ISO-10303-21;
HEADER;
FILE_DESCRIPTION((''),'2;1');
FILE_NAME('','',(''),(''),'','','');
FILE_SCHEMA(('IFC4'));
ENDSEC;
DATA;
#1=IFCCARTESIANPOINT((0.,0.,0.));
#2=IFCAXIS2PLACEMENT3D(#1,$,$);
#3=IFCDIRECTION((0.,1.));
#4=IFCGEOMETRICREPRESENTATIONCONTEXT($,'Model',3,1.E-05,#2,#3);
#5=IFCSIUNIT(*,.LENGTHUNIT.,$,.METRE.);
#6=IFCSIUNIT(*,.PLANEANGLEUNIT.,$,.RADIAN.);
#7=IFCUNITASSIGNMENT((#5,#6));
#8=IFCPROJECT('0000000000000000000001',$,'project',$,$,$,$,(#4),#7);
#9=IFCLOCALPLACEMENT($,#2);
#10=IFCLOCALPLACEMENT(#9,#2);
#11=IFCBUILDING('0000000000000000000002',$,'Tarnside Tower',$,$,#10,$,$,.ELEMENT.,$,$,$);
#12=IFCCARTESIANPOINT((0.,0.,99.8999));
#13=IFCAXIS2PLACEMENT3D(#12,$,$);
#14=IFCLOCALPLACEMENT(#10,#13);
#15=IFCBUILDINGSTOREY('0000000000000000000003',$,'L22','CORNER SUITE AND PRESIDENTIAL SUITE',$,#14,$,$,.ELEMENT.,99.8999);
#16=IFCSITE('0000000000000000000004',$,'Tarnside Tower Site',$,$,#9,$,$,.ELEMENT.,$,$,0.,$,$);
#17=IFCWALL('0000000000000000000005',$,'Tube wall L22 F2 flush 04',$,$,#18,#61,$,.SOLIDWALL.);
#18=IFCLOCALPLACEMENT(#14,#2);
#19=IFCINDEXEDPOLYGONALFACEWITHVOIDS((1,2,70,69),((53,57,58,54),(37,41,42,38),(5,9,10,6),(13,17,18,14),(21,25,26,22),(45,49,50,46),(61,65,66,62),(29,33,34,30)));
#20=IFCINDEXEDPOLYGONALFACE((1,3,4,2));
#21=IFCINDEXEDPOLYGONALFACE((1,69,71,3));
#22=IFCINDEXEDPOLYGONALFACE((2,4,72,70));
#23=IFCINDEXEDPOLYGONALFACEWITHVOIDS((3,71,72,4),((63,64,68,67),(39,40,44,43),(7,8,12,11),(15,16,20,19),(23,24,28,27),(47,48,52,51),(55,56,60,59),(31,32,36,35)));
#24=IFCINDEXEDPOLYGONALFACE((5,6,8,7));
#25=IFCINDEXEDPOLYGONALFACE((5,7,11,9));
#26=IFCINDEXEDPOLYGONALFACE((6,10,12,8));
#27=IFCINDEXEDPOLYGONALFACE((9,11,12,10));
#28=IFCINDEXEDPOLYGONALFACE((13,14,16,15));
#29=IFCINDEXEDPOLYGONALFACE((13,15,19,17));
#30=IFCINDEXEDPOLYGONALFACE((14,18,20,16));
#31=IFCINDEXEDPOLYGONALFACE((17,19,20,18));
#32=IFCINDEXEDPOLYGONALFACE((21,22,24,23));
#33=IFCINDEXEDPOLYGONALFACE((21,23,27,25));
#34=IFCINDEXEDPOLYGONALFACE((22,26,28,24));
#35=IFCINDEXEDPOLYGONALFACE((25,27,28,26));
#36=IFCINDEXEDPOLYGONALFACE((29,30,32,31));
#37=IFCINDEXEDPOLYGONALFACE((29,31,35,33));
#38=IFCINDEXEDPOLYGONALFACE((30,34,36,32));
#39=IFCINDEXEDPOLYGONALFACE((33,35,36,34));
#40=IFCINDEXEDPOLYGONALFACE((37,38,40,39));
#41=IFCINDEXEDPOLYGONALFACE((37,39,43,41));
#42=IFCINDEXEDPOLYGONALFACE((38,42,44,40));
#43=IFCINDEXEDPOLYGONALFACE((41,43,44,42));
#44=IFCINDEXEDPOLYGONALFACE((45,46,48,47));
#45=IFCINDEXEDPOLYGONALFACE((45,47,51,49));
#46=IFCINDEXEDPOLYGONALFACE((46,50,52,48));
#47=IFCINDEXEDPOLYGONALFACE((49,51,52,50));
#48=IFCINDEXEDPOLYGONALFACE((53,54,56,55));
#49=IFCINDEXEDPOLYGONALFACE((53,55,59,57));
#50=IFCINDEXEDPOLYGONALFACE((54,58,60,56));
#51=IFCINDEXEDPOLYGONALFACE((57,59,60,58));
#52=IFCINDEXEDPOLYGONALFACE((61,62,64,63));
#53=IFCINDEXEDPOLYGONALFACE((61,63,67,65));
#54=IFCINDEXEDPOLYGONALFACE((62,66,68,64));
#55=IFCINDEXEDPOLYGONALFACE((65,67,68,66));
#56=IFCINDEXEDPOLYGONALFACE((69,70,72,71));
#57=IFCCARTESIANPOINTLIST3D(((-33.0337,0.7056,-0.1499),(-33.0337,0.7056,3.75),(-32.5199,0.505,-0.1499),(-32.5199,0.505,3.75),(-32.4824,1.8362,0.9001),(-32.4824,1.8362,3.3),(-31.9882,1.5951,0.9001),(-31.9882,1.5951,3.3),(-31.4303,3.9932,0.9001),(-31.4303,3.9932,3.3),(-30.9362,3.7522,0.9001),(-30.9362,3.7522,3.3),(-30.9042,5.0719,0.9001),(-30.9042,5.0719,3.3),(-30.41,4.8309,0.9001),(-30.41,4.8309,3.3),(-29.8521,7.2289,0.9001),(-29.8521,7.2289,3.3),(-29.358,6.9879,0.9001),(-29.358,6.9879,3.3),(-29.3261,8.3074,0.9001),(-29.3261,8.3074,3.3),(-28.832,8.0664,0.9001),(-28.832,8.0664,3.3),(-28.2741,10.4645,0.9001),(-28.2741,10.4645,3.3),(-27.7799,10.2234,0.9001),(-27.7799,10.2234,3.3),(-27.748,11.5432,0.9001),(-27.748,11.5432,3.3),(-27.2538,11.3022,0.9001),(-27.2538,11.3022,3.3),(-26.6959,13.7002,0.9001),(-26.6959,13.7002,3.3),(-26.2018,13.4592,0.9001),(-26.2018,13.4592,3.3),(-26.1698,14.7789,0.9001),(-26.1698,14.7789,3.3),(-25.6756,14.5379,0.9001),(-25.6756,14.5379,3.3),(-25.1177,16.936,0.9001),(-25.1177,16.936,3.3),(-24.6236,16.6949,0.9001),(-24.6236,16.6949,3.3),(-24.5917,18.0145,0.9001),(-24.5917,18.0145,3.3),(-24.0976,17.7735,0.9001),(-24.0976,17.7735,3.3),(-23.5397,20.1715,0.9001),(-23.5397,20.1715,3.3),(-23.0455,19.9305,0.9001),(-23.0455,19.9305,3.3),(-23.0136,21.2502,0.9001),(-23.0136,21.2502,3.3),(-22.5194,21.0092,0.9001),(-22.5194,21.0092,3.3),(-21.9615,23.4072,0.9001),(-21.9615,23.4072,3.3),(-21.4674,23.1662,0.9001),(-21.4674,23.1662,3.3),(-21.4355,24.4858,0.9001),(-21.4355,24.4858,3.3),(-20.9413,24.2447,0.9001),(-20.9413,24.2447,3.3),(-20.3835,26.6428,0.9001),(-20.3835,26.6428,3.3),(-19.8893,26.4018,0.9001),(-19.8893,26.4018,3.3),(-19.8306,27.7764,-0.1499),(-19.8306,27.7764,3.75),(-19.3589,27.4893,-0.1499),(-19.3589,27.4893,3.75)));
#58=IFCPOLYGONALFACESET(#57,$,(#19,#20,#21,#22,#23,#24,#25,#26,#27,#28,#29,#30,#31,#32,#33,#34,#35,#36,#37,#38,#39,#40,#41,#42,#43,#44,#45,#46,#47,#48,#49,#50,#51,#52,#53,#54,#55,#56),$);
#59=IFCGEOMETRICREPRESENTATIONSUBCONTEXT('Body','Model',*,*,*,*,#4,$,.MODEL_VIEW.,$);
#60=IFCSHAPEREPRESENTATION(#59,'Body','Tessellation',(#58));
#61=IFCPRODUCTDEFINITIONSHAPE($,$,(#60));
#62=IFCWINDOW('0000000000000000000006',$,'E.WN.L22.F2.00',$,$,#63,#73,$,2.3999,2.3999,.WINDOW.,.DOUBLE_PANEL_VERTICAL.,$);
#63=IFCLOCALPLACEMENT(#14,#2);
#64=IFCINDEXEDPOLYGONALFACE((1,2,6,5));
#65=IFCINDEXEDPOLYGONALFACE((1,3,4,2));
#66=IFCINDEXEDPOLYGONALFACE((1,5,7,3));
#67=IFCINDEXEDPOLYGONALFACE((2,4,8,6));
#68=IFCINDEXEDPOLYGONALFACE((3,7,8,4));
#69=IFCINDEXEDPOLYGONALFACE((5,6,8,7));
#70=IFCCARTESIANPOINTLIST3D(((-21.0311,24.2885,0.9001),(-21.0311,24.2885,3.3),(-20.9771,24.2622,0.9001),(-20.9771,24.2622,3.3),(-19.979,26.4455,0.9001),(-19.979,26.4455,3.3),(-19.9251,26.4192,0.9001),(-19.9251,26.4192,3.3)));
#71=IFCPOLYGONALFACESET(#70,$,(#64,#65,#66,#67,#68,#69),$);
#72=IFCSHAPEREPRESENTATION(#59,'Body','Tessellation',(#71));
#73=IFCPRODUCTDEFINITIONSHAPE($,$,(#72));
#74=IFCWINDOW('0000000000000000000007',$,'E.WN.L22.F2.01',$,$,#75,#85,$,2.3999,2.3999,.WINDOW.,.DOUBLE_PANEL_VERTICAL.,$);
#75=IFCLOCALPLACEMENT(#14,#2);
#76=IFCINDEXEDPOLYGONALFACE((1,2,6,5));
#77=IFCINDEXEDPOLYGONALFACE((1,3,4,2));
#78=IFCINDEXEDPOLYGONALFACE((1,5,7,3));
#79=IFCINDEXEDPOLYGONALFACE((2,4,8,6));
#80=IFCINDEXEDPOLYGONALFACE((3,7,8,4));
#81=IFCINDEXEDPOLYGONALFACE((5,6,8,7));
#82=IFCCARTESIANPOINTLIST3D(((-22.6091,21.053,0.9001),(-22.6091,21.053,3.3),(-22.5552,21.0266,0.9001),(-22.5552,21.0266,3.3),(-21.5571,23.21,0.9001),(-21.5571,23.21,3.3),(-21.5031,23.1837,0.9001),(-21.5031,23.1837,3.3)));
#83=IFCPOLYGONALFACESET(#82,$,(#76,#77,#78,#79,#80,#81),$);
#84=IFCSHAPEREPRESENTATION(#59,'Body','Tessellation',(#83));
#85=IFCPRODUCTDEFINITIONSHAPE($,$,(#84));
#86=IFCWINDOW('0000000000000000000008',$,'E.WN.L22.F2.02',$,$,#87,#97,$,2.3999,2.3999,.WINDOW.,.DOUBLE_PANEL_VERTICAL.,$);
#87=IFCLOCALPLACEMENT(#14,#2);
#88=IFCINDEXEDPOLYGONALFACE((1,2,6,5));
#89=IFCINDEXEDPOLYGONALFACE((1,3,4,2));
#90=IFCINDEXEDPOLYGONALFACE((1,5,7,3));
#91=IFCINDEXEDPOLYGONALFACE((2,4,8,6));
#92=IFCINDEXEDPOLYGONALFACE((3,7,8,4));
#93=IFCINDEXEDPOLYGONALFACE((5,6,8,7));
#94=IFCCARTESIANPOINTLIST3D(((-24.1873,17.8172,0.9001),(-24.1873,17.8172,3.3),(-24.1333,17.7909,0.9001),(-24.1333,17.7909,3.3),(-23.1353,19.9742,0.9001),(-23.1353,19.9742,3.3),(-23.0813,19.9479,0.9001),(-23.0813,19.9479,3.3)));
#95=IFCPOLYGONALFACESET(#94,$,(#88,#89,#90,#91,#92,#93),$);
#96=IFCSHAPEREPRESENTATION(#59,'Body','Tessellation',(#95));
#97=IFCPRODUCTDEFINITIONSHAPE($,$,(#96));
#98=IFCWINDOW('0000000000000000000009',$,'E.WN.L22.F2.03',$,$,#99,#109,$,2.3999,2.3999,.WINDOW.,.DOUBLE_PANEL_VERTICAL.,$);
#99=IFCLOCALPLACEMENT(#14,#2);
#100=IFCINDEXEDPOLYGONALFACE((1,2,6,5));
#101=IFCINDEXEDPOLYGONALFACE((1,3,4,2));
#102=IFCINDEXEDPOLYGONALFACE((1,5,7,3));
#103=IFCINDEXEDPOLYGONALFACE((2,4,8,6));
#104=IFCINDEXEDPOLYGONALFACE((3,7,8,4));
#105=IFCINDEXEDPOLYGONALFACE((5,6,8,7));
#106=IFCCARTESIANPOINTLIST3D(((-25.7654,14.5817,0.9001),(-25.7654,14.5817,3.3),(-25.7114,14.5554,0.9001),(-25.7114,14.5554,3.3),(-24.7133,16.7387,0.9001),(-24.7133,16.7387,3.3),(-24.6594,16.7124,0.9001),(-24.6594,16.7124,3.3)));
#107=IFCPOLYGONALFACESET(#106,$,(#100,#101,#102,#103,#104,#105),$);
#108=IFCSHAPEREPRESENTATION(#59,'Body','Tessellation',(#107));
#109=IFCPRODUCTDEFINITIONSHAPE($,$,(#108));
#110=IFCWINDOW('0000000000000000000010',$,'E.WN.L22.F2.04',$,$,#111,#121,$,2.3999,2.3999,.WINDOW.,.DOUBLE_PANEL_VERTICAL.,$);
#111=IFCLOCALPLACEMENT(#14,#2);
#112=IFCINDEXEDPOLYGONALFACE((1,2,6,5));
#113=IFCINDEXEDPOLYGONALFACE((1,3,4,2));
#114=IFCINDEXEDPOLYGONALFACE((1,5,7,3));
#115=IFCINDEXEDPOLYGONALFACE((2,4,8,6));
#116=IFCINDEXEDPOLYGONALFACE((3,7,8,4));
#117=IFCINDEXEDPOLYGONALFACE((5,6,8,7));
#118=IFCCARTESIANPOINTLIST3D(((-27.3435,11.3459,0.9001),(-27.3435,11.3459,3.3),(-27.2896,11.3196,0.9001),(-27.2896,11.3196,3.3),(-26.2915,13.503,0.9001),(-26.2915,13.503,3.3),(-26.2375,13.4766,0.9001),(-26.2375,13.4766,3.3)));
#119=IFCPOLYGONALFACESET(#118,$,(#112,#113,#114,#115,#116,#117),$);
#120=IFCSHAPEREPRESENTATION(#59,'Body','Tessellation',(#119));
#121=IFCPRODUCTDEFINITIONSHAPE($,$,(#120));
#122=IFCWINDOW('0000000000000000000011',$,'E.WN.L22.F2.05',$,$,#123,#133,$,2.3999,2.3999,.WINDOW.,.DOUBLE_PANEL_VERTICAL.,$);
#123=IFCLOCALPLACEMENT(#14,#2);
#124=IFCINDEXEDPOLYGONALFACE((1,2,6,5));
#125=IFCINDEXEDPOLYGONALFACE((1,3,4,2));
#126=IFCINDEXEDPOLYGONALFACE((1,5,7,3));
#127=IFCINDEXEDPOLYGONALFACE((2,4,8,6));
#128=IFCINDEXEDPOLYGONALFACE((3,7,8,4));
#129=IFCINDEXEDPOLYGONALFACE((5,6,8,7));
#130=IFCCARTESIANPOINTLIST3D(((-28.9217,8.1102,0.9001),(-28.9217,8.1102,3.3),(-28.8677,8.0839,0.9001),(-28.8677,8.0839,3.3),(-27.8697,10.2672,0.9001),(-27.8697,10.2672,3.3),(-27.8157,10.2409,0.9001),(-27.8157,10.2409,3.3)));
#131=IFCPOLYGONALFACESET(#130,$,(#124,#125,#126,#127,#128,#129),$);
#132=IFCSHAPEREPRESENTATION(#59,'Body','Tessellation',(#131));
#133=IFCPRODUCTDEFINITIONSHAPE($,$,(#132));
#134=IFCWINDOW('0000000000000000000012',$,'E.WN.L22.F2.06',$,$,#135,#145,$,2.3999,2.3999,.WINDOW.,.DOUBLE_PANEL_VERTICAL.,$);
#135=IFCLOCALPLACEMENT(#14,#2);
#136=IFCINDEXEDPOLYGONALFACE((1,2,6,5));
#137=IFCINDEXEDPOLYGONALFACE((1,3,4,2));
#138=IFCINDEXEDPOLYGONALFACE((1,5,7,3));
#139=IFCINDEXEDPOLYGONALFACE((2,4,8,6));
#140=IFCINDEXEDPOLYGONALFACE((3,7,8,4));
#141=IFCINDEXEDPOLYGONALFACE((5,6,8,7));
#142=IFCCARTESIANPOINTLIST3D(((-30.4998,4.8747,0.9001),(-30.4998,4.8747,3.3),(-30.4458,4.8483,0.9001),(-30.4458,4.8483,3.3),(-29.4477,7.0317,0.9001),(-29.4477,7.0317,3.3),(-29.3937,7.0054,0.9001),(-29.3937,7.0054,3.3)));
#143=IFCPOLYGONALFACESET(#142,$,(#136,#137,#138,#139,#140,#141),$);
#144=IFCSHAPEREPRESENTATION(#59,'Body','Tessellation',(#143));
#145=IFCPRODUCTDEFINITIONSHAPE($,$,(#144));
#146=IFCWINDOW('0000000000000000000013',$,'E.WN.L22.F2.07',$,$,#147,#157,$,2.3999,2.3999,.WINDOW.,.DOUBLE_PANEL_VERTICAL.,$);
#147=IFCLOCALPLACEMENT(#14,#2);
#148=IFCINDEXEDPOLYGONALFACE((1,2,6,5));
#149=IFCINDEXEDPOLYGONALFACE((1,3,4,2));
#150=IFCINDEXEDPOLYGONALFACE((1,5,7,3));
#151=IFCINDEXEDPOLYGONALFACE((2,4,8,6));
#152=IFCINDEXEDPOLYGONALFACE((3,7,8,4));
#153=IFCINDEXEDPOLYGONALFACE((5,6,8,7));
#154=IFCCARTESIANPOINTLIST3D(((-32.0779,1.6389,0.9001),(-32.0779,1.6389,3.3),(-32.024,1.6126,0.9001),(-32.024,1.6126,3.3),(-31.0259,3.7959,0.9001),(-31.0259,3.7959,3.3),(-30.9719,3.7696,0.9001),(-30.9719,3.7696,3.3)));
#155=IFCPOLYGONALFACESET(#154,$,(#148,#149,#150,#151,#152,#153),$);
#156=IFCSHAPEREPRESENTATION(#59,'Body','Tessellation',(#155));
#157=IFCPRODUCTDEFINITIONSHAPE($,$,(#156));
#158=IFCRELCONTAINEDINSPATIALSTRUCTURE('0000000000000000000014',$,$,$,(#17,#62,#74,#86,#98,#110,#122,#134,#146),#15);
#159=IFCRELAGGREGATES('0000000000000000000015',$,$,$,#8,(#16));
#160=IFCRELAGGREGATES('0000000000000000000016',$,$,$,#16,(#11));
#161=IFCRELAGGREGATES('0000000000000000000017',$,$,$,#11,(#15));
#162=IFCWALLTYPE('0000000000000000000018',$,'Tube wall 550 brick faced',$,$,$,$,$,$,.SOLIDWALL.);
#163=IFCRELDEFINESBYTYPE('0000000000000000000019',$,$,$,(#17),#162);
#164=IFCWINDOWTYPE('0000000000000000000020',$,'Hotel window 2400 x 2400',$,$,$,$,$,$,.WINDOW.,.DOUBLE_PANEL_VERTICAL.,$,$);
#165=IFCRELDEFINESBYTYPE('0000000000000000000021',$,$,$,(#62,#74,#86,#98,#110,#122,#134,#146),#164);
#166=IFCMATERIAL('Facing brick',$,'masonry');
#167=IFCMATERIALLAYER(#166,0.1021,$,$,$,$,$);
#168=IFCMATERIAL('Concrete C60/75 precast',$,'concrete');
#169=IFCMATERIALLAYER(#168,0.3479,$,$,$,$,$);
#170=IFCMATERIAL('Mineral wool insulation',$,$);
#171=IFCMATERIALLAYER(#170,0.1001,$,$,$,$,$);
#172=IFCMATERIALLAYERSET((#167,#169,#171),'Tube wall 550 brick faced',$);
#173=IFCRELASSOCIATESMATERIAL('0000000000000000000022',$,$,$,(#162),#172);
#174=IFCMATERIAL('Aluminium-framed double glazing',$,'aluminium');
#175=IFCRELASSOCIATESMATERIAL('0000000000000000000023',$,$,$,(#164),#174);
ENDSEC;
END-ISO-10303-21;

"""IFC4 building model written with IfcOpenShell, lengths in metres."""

from ifc_helpers import new_model, si_unit, direction, frame, frame_2d, origin, place, context, subcontext, project, spatial, polyline, rectangle, outline, extrude, material, layer, layer_set, type_object, element, fill, save


model = new_model("IFC4")

# Units and contexts
model_context = context("Model", 3, precision=1e-05, world=origin(), true_north=direction((0.0, 1.0)))
body_context = subcontext(model_context, "Body", "Model", "MODEL_VIEW")
ifc_project = project(units=[si_unit("LENGTHUNIT", "METRE"), si_unit("PLANEANGLEUNIT", "RADIAN")], contexts=[model_context])

# Site, building, storey
site_placement = place(None, origin())
site = spatial("IfcSite", under=ifc_project, at=site_placement, Name="Tarnside Tower Site", CompositionType="ELEMENT", RefElevation=0.0)
building_placement = place(site_placement, origin())
building = spatial("IfcBuilding", under=site, at=building_placement, Name="Tarnside Tower", CompositionType="ELEMENT")
storey_placement = place(building_placement, frame((0.0, 0.0, 99.8999)))
storey = spatial("IfcBuildingStorey", under=building, at=storey_placement, Name="L22", Description="CORNER SUITE AND PRESIDENTIAL SUITE", CompositionType="ELEMENT", Elevation=99.8999)

# Shared definitions
ifc_material_1 = material(Name="Facing brick", Category="masonry")
ifc_layer_1 = layer(ifc_material_1, 0.1021)
ifc_material_2 = material(Name="Concrete C60/75 precast", Category="concrete")
ifc_layer_2 = layer(ifc_material_2, 0.3479)
ifc_material_3 = material(Name="Mineral wool insulation")
ifc_layer_3 = layer(ifc_material_3, 0.1001)
ifc_layer_set_1 = layer_set([ifc_layer_1, ifc_layer_2, ifc_layer_3], Name="Tube wall 550 brick faced")
wall_type_1 = type_object("IfcWallType", Name="Tube wall 550 brick faced", PredefinedType="SOLIDWALL", material=ifc_layer_set_1)

# Wall, openings, windows
wall_1_placement = place(storey_placement, frame((-19.5947, 27.6328, -0.1499), z_axis=(0.0, 0.0, 1.0), x_axis=(-0.438368, -0.898795, 0.0)))
wall_1 = element("IfcWall", 1, at=wall_1_placement, inside=storey, type_object=wall_type_1, Name="Tube wall L22 F2 flush 04", PredefinedType="SOLIDWALL", context=body_context, shape_type="SweptSolid", body=[
    extrude(outline(polyline([(-0.0256, -0.2749), (30.0933, -0.2749), (30.0483, 0.2749), (0.0256, 0.2749), (-0.0256, -0.2749)])), origin(), (0.0, 0.0, 1.0), 3.8999),
])
opening_1_placement = place(wall_1_placement, frame((1.2356, 0.0, 1.05)))
opening_1 = element("IfcOpeningElement", 2, at=opening_1_placement, cuts=wall_1, PredefinedType="OPENING", context=body_context, shape_type="SweptSolid", body=[
    extrude(rectangle(XDim=2.3999, YDim=2.3999, at=frame_2d((1.2, 1.2))), frame((0.0, 0.2852, 0.0), z_axis=(0.0, -1.0, 0.0), x_axis=(1.0, 0.0, 0.0)), (0.0, 0.0, 1.0), 0.5701),
])
opening_2_placement = place(wall_1_placement, frame((4.8354, 0.0, 1.05)))
opening_2 = element("IfcOpeningElement", 3, at=opening_2_placement, cuts=wall_1, PredefinedType="OPENING", context=body_context, shape_type="SweptSolid", body=[
    extrude(rectangle(XDim=2.3999, YDim=2.3999, at=frame_2d((1.2, 1.2))), frame((0.0, 0.2852, 0.0), z_axis=(0.0, -1.0, 0.0), x_axis=(1.0, 0.0, 0.0)), (0.0, 0.0, 1.0), 0.5701),
])
opening_3_placement = place(wall_1_placement, frame((8.4355, 0.0, 1.05)))
opening_3 = element("IfcOpeningElement", 4, at=opening_3_placement, cuts=wall_1, PredefinedType="OPENING", context=body_context, shape_type="SweptSolid", body=[
    extrude(rectangle(XDim=2.3999, YDim=2.3999, at=frame_2d((1.2, 1.2))), frame((0.0, 0.2852, 0.0), z_axis=(0.0, -1.0, 0.0), x_axis=(1.0, 0.0, 0.0)), (0.0, 0.0, 1.0), 0.5701),
])
opening_4_placement = place(wall_1_placement, frame((12.0354, 0.0, 1.05)))
opening_4 = element("IfcOpeningElement", 5, at=opening_4_placement, cuts=wall_1, PredefinedType="OPENING", context=body_context, shape_type="SweptSolid", body=[
    extrude(rectangle(XDim=2.3999, YDim=2.3999, at=frame_2d((1.2, 1.2))), frame((0.0, 0.2852, 0.0), z_axis=(0.0, -1.0, 0.0), x_axis=(1.0, 0.0, 0.0)), (0.0, 0.0, 1.0), 0.5701),
])
opening_5_placement = place(wall_1_placement, frame((15.6355, 0.0, 1.05)))
opening_5 = element("IfcOpeningElement", 6, at=opening_5_placement, cuts=wall_1, PredefinedType="OPENING", context=body_context, shape_type="SweptSolid", body=[
    extrude(rectangle(XDim=2.3999, YDim=2.3999, at=frame_2d((1.2, 1.2))), frame((0.0, 0.2852, 0.0), z_axis=(0.0, -1.0, 0.0), x_axis=(1.0, 0.0, 0.0)), (0.0, 0.0, 1.0), 0.5701),
])
opening_6_placement = place(wall_1_placement, frame((19.2356, 0.0, 1.05)))
opening_6 = element("IfcOpeningElement", 7, at=opening_6_placement, cuts=wall_1, PredefinedType="OPENING", context=body_context, shape_type="SweptSolid", body=[
    extrude(rectangle(XDim=2.3999, YDim=2.3999, at=frame_2d((1.2, 1.2))), frame((0.0, 0.2852, 0.0), z_axis=(0.0, -1.0, 0.0), x_axis=(1.0, 0.0, 0.0)), (0.0, 0.0, 1.0), 0.5701),
])
opening_7_placement = place(wall_1_placement, frame((22.8354, 0.0, 1.05)))
opening_7 = element("IfcOpeningElement", 8, at=opening_7_placement, cuts=wall_1, PredefinedType="OPENING", context=body_context, shape_type="SweptSolid", body=[
    extrude(rectangle(XDim=2.3999, YDim=2.3999, at=frame_2d((1.2, 1.2))), frame((0.0, 0.2852, 0.0), z_axis=(0.0, -1.0, 0.0), x_axis=(1.0, 0.0, 0.0)), (0.0, 0.0, 1.0), 0.5701),
])
opening_8_placement = place(wall_1_placement, frame((26.4355, 0.0, 1.05)))
opening_8 = element("IfcOpeningElement", 9, at=opening_8_placement, cuts=wall_1, PredefinedType="OPENING", context=body_context, shape_type="SweptSolid", body=[
    extrude(rectangle(XDim=2.3999, YDim=2.3999, at=frame_2d((1.2, 1.2))), frame((0.0, 0.2852, 0.0), z_axis=(0.0, -1.0, 0.0), x_axis=(1.0, 0.0, 0.0)), (0.0, 0.0, 1.0), 0.5701),
])
ifc_material_4 = material(Name="Aluminium-framed double glazing", Category="aluminium")
window_type = type_object("IfcWindowType", Name="Hotel window 2400 x 2400", PartitioningType="DOUBLE_PANEL_VERTICAL", PredefinedType="WINDOW", material=ifc_material_4)
window_1_placement = place(opening_1_placement, frame((0.0, 0.2051, 0.0)))
window_1 = element("IfcWindow", 10, at=window_1_placement, inside=storey, type_object=window_type, Name="E.WN.L22.F2.00", OverallHeight=2.3999, OverallWidth=2.3999, PartitioningType="DOUBLE_PANEL_VERTICAL", PredefinedType="WINDOW", context=body_context, shape_type="SweptSolid", body=[
    extrude(rectangle(XDim=2.3999, YDim=2.3999, at=frame_2d((1.2, 1.2))), frame((0.0, 0.03, 0.0), z_axis=(0.0, -1.0, 0.0), x_axis=(1.0, 0.0, 0.0)), (0.0, 0.0, 1.0), 0.0601),
])
fill(opening_1, window_1)
window_2_placement = place(opening_2_placement, frame((0.0, 0.2051, 0.0)))
window_2 = element("IfcWindow", 11, at=window_2_placement, inside=storey, type_object=window_type, Name="E.WN.L22.F2.01", OverallHeight=2.3999, OverallWidth=2.3999, PartitioningType="DOUBLE_PANEL_VERTICAL", PredefinedType="WINDOW", context=body_context, shape_type="SweptSolid", body=[
    extrude(rectangle(XDim=2.3999, YDim=2.3999, at=frame_2d((1.2, 1.2))), frame((0.0, 0.03, 0.0), z_axis=(0.0, -1.0, 0.0), x_axis=(1.0, 0.0, 0.0)), (0.0, 0.0, 1.0), 0.0601),
])
fill(opening_2, window_2)
window_3_placement = place(opening_3_placement, frame((0.0, 0.2051, 0.0)))
window_3 = element("IfcWindow", 12, at=window_3_placement, inside=storey, type_object=window_type, Name="E.WN.L22.F2.02", OverallHeight=2.3999, OverallWidth=2.3999, PartitioningType="DOUBLE_PANEL_VERTICAL", PredefinedType="WINDOW", context=body_context, shape_type="SweptSolid", body=[
    extrude(rectangle(XDim=2.3999, YDim=2.3999, at=frame_2d((1.2, 1.2))), frame((0.0, 0.03, 0.0), z_axis=(0.0, -1.0, 0.0), x_axis=(1.0, 0.0, 0.0)), (0.0, 0.0, 1.0), 0.0601),
])
fill(opening_3, window_3)
window_4_placement = place(opening_4_placement, frame((0.0, 0.2051, 0.0)))
window_4 = element("IfcWindow", 13, at=window_4_placement, inside=storey, type_object=window_type, Name="E.WN.L22.F2.03", OverallHeight=2.3999, OverallWidth=2.3999, PartitioningType="DOUBLE_PANEL_VERTICAL", PredefinedType="WINDOW", context=body_context, shape_type="SweptSolid", body=[
    extrude(rectangle(XDim=2.3999, YDim=2.3999, at=frame_2d((1.2, 1.2))), frame((0.0, 0.03, 0.0), z_axis=(0.0, -1.0, 0.0), x_axis=(1.0, 0.0, 0.0)), (0.0, 0.0, 1.0), 0.0601),
])
fill(opening_4, window_4)
window_5_placement = place(opening_5_placement, frame((0.0, 0.2051, 0.0)))
window_5 = element("IfcWindow", 14, at=window_5_placement, inside=storey, type_object=window_type, Name="E.WN.L22.F2.04", OverallHeight=2.3999, OverallWidth=2.3999, PartitioningType="DOUBLE_PANEL_VERTICAL", PredefinedType="WINDOW", context=body_context, shape_type="SweptSolid", body=[
    extrude(rectangle(XDim=2.3999, YDim=2.3999, at=frame_2d((1.2, 1.2))), frame((0.0, 0.03, 0.0), z_axis=(0.0, -1.0, 0.0), x_axis=(1.0, 0.0, 0.0)), (0.0, 0.0, 1.0), 0.0601),
])
fill(opening_5, window_5)
window_6_placement = place(opening_6_placement, frame((0.0, 0.2051, 0.0)))
window_6 = element("IfcWindow", 15, at=window_6_placement, inside=storey, type_object=window_type, Name="E.WN.L22.F2.05", OverallHeight=2.3999, OverallWidth=2.3999, PartitioningType="DOUBLE_PANEL_VERTICAL", PredefinedType="WINDOW", context=body_context, shape_type="SweptSolid", body=[
    extrude(rectangle(XDim=2.3999, YDim=2.3999, at=frame_2d((1.2, 1.2))), frame((0.0, 0.03, 0.0), z_axis=(0.0, -1.0, 0.0), x_axis=(1.0, 0.0, 0.0)), (0.0, 0.0, 1.0), 0.0601),
])
fill(opening_6, window_6)
window_7_placement = place(opening_7_placement, frame((0.0, 0.2051, 0.0)))
window_7 = element("IfcWindow", 16, at=window_7_placement, inside=storey, type_object=window_type, Name="E.WN.L22.F2.06", OverallHeight=2.3999, OverallWidth=2.3999, PartitioningType="DOUBLE_PANEL_VERTICAL", PredefinedType="WINDOW", context=body_context, shape_type="SweptSolid", body=[
    extrude(rectangle(XDim=2.3999, YDim=2.3999, at=frame_2d((1.2, 1.2))), frame((0.0, 0.03, 0.0), z_axis=(0.0, -1.0, 0.0), x_axis=(1.0, 0.0, 0.0)), (0.0, 0.0, 1.0), 0.0601),
])
fill(opening_7, window_7)
window_8_placement = place(opening_8_placement, frame((0.0, 0.2051, 0.0)))
window_8 = element("IfcWindow", 17, at=window_8_placement, inside=storey, type_object=window_type, Name="E.WN.L22.F2.07", OverallHeight=2.3999, OverallWidth=2.3999, PartitioningType="DOUBLE_PANEL_VERTICAL", PredefinedType="WINDOW", context=body_context, shape_type="SweptSolid", body=[
    extrude(rectangle(XDim=2.3999, YDim=2.3999, at=frame_2d((1.2, 1.2))), frame((0.0, 0.03, 0.0), z_axis=(0.0, -1.0, 0.0), x_axis=(1.0, 0.0, 0.0)), (0.0, 0.0, 1.0), 0.0601),
])
fill(opening_8, window_8)

save(model, "model.ifc")
